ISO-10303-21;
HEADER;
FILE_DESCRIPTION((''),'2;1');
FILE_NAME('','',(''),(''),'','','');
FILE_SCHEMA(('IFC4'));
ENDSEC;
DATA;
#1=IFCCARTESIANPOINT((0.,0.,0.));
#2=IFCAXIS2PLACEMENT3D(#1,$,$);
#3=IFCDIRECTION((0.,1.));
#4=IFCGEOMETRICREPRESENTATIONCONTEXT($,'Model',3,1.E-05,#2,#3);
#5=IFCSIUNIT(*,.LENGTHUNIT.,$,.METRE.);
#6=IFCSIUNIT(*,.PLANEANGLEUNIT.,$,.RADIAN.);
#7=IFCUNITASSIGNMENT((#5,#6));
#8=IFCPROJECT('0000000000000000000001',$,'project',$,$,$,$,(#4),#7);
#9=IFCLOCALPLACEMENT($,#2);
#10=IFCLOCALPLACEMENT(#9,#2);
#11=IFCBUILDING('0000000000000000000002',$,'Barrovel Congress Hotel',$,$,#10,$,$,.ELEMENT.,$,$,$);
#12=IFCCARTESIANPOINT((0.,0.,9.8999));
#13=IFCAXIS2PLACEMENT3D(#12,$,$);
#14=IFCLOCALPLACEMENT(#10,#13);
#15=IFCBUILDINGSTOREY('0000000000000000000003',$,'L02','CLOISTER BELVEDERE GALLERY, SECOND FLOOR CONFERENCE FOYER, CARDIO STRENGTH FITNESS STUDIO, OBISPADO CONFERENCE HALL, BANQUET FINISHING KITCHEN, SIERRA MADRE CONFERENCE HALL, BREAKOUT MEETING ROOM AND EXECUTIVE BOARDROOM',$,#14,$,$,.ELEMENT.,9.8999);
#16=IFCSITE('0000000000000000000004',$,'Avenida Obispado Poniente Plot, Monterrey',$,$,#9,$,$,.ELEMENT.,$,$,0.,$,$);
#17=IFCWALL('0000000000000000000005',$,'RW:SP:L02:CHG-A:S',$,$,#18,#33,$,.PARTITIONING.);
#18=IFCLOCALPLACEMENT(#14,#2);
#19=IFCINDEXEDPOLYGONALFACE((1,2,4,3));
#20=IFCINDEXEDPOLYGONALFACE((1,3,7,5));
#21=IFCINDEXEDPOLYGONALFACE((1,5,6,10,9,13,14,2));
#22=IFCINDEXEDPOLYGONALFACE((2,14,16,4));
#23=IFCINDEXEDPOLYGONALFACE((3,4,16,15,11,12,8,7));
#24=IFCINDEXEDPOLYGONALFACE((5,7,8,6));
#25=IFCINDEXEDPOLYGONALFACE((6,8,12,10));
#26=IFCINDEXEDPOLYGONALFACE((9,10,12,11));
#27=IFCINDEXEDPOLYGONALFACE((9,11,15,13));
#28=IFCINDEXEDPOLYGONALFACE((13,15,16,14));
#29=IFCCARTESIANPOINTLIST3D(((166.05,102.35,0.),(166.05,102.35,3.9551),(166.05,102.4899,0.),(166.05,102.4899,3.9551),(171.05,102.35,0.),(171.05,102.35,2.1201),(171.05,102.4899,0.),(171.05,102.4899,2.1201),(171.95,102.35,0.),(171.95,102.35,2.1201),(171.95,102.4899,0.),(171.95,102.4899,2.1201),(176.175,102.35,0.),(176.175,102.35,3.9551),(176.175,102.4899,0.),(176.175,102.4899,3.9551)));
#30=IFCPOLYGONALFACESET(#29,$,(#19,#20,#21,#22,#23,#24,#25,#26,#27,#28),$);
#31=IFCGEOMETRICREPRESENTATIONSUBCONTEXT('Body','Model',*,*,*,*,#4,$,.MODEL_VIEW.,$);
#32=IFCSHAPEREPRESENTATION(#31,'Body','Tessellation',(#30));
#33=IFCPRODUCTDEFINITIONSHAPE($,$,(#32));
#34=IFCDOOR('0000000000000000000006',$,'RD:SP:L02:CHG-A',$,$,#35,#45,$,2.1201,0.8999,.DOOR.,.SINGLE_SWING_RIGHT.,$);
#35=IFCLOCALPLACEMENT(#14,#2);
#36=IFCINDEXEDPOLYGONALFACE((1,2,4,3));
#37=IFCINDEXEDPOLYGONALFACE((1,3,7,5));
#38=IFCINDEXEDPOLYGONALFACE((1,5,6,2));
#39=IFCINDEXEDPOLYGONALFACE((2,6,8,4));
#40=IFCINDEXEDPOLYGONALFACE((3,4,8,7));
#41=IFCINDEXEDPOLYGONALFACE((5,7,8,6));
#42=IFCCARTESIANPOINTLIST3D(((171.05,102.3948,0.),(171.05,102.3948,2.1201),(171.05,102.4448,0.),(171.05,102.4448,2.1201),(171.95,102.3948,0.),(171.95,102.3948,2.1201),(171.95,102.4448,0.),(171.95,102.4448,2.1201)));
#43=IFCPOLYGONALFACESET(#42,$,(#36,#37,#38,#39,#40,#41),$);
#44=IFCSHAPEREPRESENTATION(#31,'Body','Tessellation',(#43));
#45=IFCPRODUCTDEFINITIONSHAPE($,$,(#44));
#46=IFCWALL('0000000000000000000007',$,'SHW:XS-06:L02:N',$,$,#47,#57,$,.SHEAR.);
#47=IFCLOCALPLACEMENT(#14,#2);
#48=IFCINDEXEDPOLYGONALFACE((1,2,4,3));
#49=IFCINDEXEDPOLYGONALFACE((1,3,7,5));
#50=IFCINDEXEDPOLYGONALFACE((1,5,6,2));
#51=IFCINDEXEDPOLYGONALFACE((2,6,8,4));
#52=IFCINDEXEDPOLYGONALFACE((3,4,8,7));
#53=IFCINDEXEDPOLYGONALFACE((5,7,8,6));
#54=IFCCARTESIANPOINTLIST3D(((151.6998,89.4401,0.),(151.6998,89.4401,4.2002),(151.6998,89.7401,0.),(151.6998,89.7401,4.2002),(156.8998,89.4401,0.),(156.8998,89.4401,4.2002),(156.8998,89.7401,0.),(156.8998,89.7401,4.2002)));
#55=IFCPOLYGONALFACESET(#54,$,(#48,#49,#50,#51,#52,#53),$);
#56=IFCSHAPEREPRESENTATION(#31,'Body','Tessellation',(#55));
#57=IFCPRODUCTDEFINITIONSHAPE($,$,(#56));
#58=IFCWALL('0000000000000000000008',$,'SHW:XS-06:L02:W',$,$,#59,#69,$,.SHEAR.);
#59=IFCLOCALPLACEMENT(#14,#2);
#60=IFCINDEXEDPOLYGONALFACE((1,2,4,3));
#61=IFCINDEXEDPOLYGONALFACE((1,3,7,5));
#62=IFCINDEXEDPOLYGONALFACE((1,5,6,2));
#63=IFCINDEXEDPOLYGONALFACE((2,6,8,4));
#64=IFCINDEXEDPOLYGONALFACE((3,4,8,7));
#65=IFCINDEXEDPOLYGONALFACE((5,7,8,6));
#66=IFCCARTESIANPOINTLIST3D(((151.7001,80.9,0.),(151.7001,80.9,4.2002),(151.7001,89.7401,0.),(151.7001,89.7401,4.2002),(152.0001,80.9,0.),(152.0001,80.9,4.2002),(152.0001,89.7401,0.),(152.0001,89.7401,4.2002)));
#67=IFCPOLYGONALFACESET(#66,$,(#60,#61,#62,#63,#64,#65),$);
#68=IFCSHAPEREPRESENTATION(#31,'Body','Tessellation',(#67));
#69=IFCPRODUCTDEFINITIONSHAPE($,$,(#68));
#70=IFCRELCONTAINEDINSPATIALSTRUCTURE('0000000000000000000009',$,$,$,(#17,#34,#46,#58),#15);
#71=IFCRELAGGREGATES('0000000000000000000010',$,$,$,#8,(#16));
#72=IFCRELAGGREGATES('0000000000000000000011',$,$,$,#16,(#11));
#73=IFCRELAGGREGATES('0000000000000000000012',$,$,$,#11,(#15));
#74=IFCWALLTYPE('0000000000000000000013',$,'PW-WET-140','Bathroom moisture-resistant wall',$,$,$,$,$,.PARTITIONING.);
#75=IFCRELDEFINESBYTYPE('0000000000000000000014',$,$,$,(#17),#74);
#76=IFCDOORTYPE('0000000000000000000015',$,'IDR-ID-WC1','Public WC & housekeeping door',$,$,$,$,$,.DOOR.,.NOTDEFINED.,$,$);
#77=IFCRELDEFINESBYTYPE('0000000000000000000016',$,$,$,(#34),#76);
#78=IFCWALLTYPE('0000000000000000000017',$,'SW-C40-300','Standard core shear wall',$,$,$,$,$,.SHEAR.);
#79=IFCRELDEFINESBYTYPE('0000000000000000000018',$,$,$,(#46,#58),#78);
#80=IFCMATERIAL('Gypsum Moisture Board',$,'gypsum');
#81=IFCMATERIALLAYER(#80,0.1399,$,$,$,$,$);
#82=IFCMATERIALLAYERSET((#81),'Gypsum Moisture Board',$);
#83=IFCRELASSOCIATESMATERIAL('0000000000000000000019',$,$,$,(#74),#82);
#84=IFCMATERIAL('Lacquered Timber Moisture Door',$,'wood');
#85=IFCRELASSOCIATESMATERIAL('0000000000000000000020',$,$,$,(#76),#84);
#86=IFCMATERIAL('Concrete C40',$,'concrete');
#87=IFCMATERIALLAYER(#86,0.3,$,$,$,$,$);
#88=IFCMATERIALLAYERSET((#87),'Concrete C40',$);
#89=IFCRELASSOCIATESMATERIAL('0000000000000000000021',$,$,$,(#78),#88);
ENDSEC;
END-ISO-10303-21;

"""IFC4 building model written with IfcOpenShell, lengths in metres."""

from ifc_helpers import new_model, si_unit, direction, frame, frame_2d, origin, place, context, subcontext, project, spatial, rectangle, extrude, material, layer, layer_set, type_object, element, fill, save


model = new_model("IFC4")

# Units and contexts
model_context = context("Model", 3, precision=1e-05, world=origin(), true_north=direction((0.0, 1.0)))
body_context = subcontext(model_context, "Body", "Model", "MODEL_VIEW")
ifc_project = project(units=[si_unit("LENGTHUNIT", "METRE"), si_unit("PLANEANGLEUNIT", "RADIAN")], contexts=[model_context])

# Site, building, storey
site_placement = place(None, origin())
site = spatial("IfcSite", under=ifc_project, at=site_placement, Name="Avenida Obispado Poniente Plot, Monterrey", CompositionType="ELEMENT", RefElevation=0.0)
building_placement = place(site_placement, origin())
building = spatial("IfcBuilding", under=site, at=building_placement, Name="Barrovel Congress Hotel", CompositionType="ELEMENT")
storey_placement = place(building_placement, frame((0.0, 0.0, 9.8999)))
storey = spatial("IfcBuildingStorey", under=building, at=storey_placement, Name="L02", Description="CLOISTER BELVEDERE GALLERY, SECOND FLOOR CONFERENCE FOYER, CARDIO STRENGTH FITNESS STUDIO, OBISPADO CONFERENCE HALL, BANQUET FINISHING KITCHEN, SIERRA MADRE CONFERENCE HALL, BREAKOUT MEETING ROOM AND EXECUTIVE BOARDROOM", CompositionType="ELEMENT", Elevation=9.8999)

# Shared definitions
ifc_material_1 = material(Name="Concrete C40", Category="concrete")

# Shared definitions
ifc_material_2 = material(Name="Gypsum Moisture Board", Category="gypsum")
ifc_layer_1 = layer(ifc_material_2, 0.1399)
ifc_layer_set_1 = layer_set([ifc_layer_1], Name="Gypsum Moisture Board")
wall_type_1 = type_object("IfcWallType", Name="PW-WET-140", Description="Bathroom moisture-resistant wall", PredefinedType="PARTITIONING", material=ifc_layer_set_1)

# Wall, opening, door
wall_1_placement = place(storey_placement, frame((166.05, 102.4199, 0.0), z_axis=(0.0, 0.0, 1.0), x_axis=(1.0, 0.0, 0.0)))
wall_1 = element("IfcWall", 1, at=wall_1_placement, inside=storey, type_object=wall_type_1, Name="RW:SP:L02:CHG-A:S", PredefinedType="PARTITIONING", context=body_context, shape_type="SweptSolid", body=[
    extrude(rectangle(XDim=10.125, YDim=0.1399, at=frame_2d((5.0625, 0.0))), origin(), (0.0, 0.0, 1.0), 3.9551),
])
opening_1_placement = place(wall_1_placement, frame((5.0, 0.0, 0.0)))
opening_1 = element("IfcOpeningElement", 2, at=opening_1_placement, cuts=wall_1, PredefinedType="OPENING", context=body_context, shape_type="SweptSolid", body=[
    extrude(rectangle(XDim=0.8999, YDim=2.1201, at=frame_2d((0.45, 1.0601))), frame((0.0, 0.0801, 0.0), z_axis=(0.0, -1.0, 0.0), x_axis=(1.0, 0.0, 0.0)), (0.0, 0.0, 1.0), 0.1599),
])
ifc_material_3 = material(Name="Lacquered Timber Moisture Door", Category="wood")
door_type_1 = type_object("IfcDoorType", Name="IDR-ID-WC1", Description="Public WC & housekeeping door", OperationType="NOTDEFINED", PredefinedType="DOOR", material=ifc_material_3)
door_1_placement = place(opening_1_placement, origin())
door_1 = element("IfcDoor", 3, at=door_1_placement, inside=storey, type_object=door_type_1, Name="RD:SP:L02:CHG-A", OperationType="SINGLE_SWING_RIGHT", OverallHeight=2.1201, OverallWidth=0.8999, PredefinedType="DOOR", context=body_context, shape_type="SweptSolid", body=[
    extrude(rectangle(XDim=0.8999, YDim=2.1201, at=frame_2d((0.45, 1.0601))), frame((0.0, 0.0249, 0.0), z_axis=(0.0, -1.0, 0.0), x_axis=(1.0, 0.0, 0.0)), (0.0, 0.0, 1.0), 0.05),
])
fill(opening_1, door_1)

# Walls
ifc_layer_2 = layer(ifc_material_1, 0.3)
ifc_layer_set_2 = layer_set([ifc_layer_2], Name="Concrete C40")
wall_type_2 = type_object("IfcWallType", Name="SW-C40-300", Description="Standard core shear wall", PredefinedType="SHEAR", material=ifc_layer_set_2)
wall_2_placement = place(storey_placement, frame((156.8999, 89.5901, 0.0), z_axis=(0.0, 0.0, 1.0), x_axis=(-1.0, 0.0, 0.0)))
element("IfcWall", 4, at=wall_2_placement, inside=storey, type_object=wall_type_2, Name="SHW:XS-06:L02:N", PredefinedType="SHEAR", context=body_context, shape_type="SweptSolid", body=[
    extrude(rectangle(XDim=5.2, YDim=0.3, at=frame_2d((2.6001, 0.0))), origin(), (0.0, 0.0, 1.0), 4.2002),
])
wall_3_placement = place(storey_placement, frame((151.8501, 89.74, 0.0), z_axis=(0.0, 0.0, 1.0), x_axis=(0.0, -1.0, 0.0)))
element("IfcWall", 5, at=wall_3_placement, inside=storey, type_object=wall_type_2, Name="SHW:XS-06:L02:W", PredefinedType="SHEAR", context=body_context, shape_type="SweptSolid", body=[
    extrude(rectangle(XDim=8.8401, YDim=0.3, at=frame_2d((4.4199, 0.0))), origin(), (0.0, 0.0, 1.0), 4.2002),
])

save(model, "model.ifc")
